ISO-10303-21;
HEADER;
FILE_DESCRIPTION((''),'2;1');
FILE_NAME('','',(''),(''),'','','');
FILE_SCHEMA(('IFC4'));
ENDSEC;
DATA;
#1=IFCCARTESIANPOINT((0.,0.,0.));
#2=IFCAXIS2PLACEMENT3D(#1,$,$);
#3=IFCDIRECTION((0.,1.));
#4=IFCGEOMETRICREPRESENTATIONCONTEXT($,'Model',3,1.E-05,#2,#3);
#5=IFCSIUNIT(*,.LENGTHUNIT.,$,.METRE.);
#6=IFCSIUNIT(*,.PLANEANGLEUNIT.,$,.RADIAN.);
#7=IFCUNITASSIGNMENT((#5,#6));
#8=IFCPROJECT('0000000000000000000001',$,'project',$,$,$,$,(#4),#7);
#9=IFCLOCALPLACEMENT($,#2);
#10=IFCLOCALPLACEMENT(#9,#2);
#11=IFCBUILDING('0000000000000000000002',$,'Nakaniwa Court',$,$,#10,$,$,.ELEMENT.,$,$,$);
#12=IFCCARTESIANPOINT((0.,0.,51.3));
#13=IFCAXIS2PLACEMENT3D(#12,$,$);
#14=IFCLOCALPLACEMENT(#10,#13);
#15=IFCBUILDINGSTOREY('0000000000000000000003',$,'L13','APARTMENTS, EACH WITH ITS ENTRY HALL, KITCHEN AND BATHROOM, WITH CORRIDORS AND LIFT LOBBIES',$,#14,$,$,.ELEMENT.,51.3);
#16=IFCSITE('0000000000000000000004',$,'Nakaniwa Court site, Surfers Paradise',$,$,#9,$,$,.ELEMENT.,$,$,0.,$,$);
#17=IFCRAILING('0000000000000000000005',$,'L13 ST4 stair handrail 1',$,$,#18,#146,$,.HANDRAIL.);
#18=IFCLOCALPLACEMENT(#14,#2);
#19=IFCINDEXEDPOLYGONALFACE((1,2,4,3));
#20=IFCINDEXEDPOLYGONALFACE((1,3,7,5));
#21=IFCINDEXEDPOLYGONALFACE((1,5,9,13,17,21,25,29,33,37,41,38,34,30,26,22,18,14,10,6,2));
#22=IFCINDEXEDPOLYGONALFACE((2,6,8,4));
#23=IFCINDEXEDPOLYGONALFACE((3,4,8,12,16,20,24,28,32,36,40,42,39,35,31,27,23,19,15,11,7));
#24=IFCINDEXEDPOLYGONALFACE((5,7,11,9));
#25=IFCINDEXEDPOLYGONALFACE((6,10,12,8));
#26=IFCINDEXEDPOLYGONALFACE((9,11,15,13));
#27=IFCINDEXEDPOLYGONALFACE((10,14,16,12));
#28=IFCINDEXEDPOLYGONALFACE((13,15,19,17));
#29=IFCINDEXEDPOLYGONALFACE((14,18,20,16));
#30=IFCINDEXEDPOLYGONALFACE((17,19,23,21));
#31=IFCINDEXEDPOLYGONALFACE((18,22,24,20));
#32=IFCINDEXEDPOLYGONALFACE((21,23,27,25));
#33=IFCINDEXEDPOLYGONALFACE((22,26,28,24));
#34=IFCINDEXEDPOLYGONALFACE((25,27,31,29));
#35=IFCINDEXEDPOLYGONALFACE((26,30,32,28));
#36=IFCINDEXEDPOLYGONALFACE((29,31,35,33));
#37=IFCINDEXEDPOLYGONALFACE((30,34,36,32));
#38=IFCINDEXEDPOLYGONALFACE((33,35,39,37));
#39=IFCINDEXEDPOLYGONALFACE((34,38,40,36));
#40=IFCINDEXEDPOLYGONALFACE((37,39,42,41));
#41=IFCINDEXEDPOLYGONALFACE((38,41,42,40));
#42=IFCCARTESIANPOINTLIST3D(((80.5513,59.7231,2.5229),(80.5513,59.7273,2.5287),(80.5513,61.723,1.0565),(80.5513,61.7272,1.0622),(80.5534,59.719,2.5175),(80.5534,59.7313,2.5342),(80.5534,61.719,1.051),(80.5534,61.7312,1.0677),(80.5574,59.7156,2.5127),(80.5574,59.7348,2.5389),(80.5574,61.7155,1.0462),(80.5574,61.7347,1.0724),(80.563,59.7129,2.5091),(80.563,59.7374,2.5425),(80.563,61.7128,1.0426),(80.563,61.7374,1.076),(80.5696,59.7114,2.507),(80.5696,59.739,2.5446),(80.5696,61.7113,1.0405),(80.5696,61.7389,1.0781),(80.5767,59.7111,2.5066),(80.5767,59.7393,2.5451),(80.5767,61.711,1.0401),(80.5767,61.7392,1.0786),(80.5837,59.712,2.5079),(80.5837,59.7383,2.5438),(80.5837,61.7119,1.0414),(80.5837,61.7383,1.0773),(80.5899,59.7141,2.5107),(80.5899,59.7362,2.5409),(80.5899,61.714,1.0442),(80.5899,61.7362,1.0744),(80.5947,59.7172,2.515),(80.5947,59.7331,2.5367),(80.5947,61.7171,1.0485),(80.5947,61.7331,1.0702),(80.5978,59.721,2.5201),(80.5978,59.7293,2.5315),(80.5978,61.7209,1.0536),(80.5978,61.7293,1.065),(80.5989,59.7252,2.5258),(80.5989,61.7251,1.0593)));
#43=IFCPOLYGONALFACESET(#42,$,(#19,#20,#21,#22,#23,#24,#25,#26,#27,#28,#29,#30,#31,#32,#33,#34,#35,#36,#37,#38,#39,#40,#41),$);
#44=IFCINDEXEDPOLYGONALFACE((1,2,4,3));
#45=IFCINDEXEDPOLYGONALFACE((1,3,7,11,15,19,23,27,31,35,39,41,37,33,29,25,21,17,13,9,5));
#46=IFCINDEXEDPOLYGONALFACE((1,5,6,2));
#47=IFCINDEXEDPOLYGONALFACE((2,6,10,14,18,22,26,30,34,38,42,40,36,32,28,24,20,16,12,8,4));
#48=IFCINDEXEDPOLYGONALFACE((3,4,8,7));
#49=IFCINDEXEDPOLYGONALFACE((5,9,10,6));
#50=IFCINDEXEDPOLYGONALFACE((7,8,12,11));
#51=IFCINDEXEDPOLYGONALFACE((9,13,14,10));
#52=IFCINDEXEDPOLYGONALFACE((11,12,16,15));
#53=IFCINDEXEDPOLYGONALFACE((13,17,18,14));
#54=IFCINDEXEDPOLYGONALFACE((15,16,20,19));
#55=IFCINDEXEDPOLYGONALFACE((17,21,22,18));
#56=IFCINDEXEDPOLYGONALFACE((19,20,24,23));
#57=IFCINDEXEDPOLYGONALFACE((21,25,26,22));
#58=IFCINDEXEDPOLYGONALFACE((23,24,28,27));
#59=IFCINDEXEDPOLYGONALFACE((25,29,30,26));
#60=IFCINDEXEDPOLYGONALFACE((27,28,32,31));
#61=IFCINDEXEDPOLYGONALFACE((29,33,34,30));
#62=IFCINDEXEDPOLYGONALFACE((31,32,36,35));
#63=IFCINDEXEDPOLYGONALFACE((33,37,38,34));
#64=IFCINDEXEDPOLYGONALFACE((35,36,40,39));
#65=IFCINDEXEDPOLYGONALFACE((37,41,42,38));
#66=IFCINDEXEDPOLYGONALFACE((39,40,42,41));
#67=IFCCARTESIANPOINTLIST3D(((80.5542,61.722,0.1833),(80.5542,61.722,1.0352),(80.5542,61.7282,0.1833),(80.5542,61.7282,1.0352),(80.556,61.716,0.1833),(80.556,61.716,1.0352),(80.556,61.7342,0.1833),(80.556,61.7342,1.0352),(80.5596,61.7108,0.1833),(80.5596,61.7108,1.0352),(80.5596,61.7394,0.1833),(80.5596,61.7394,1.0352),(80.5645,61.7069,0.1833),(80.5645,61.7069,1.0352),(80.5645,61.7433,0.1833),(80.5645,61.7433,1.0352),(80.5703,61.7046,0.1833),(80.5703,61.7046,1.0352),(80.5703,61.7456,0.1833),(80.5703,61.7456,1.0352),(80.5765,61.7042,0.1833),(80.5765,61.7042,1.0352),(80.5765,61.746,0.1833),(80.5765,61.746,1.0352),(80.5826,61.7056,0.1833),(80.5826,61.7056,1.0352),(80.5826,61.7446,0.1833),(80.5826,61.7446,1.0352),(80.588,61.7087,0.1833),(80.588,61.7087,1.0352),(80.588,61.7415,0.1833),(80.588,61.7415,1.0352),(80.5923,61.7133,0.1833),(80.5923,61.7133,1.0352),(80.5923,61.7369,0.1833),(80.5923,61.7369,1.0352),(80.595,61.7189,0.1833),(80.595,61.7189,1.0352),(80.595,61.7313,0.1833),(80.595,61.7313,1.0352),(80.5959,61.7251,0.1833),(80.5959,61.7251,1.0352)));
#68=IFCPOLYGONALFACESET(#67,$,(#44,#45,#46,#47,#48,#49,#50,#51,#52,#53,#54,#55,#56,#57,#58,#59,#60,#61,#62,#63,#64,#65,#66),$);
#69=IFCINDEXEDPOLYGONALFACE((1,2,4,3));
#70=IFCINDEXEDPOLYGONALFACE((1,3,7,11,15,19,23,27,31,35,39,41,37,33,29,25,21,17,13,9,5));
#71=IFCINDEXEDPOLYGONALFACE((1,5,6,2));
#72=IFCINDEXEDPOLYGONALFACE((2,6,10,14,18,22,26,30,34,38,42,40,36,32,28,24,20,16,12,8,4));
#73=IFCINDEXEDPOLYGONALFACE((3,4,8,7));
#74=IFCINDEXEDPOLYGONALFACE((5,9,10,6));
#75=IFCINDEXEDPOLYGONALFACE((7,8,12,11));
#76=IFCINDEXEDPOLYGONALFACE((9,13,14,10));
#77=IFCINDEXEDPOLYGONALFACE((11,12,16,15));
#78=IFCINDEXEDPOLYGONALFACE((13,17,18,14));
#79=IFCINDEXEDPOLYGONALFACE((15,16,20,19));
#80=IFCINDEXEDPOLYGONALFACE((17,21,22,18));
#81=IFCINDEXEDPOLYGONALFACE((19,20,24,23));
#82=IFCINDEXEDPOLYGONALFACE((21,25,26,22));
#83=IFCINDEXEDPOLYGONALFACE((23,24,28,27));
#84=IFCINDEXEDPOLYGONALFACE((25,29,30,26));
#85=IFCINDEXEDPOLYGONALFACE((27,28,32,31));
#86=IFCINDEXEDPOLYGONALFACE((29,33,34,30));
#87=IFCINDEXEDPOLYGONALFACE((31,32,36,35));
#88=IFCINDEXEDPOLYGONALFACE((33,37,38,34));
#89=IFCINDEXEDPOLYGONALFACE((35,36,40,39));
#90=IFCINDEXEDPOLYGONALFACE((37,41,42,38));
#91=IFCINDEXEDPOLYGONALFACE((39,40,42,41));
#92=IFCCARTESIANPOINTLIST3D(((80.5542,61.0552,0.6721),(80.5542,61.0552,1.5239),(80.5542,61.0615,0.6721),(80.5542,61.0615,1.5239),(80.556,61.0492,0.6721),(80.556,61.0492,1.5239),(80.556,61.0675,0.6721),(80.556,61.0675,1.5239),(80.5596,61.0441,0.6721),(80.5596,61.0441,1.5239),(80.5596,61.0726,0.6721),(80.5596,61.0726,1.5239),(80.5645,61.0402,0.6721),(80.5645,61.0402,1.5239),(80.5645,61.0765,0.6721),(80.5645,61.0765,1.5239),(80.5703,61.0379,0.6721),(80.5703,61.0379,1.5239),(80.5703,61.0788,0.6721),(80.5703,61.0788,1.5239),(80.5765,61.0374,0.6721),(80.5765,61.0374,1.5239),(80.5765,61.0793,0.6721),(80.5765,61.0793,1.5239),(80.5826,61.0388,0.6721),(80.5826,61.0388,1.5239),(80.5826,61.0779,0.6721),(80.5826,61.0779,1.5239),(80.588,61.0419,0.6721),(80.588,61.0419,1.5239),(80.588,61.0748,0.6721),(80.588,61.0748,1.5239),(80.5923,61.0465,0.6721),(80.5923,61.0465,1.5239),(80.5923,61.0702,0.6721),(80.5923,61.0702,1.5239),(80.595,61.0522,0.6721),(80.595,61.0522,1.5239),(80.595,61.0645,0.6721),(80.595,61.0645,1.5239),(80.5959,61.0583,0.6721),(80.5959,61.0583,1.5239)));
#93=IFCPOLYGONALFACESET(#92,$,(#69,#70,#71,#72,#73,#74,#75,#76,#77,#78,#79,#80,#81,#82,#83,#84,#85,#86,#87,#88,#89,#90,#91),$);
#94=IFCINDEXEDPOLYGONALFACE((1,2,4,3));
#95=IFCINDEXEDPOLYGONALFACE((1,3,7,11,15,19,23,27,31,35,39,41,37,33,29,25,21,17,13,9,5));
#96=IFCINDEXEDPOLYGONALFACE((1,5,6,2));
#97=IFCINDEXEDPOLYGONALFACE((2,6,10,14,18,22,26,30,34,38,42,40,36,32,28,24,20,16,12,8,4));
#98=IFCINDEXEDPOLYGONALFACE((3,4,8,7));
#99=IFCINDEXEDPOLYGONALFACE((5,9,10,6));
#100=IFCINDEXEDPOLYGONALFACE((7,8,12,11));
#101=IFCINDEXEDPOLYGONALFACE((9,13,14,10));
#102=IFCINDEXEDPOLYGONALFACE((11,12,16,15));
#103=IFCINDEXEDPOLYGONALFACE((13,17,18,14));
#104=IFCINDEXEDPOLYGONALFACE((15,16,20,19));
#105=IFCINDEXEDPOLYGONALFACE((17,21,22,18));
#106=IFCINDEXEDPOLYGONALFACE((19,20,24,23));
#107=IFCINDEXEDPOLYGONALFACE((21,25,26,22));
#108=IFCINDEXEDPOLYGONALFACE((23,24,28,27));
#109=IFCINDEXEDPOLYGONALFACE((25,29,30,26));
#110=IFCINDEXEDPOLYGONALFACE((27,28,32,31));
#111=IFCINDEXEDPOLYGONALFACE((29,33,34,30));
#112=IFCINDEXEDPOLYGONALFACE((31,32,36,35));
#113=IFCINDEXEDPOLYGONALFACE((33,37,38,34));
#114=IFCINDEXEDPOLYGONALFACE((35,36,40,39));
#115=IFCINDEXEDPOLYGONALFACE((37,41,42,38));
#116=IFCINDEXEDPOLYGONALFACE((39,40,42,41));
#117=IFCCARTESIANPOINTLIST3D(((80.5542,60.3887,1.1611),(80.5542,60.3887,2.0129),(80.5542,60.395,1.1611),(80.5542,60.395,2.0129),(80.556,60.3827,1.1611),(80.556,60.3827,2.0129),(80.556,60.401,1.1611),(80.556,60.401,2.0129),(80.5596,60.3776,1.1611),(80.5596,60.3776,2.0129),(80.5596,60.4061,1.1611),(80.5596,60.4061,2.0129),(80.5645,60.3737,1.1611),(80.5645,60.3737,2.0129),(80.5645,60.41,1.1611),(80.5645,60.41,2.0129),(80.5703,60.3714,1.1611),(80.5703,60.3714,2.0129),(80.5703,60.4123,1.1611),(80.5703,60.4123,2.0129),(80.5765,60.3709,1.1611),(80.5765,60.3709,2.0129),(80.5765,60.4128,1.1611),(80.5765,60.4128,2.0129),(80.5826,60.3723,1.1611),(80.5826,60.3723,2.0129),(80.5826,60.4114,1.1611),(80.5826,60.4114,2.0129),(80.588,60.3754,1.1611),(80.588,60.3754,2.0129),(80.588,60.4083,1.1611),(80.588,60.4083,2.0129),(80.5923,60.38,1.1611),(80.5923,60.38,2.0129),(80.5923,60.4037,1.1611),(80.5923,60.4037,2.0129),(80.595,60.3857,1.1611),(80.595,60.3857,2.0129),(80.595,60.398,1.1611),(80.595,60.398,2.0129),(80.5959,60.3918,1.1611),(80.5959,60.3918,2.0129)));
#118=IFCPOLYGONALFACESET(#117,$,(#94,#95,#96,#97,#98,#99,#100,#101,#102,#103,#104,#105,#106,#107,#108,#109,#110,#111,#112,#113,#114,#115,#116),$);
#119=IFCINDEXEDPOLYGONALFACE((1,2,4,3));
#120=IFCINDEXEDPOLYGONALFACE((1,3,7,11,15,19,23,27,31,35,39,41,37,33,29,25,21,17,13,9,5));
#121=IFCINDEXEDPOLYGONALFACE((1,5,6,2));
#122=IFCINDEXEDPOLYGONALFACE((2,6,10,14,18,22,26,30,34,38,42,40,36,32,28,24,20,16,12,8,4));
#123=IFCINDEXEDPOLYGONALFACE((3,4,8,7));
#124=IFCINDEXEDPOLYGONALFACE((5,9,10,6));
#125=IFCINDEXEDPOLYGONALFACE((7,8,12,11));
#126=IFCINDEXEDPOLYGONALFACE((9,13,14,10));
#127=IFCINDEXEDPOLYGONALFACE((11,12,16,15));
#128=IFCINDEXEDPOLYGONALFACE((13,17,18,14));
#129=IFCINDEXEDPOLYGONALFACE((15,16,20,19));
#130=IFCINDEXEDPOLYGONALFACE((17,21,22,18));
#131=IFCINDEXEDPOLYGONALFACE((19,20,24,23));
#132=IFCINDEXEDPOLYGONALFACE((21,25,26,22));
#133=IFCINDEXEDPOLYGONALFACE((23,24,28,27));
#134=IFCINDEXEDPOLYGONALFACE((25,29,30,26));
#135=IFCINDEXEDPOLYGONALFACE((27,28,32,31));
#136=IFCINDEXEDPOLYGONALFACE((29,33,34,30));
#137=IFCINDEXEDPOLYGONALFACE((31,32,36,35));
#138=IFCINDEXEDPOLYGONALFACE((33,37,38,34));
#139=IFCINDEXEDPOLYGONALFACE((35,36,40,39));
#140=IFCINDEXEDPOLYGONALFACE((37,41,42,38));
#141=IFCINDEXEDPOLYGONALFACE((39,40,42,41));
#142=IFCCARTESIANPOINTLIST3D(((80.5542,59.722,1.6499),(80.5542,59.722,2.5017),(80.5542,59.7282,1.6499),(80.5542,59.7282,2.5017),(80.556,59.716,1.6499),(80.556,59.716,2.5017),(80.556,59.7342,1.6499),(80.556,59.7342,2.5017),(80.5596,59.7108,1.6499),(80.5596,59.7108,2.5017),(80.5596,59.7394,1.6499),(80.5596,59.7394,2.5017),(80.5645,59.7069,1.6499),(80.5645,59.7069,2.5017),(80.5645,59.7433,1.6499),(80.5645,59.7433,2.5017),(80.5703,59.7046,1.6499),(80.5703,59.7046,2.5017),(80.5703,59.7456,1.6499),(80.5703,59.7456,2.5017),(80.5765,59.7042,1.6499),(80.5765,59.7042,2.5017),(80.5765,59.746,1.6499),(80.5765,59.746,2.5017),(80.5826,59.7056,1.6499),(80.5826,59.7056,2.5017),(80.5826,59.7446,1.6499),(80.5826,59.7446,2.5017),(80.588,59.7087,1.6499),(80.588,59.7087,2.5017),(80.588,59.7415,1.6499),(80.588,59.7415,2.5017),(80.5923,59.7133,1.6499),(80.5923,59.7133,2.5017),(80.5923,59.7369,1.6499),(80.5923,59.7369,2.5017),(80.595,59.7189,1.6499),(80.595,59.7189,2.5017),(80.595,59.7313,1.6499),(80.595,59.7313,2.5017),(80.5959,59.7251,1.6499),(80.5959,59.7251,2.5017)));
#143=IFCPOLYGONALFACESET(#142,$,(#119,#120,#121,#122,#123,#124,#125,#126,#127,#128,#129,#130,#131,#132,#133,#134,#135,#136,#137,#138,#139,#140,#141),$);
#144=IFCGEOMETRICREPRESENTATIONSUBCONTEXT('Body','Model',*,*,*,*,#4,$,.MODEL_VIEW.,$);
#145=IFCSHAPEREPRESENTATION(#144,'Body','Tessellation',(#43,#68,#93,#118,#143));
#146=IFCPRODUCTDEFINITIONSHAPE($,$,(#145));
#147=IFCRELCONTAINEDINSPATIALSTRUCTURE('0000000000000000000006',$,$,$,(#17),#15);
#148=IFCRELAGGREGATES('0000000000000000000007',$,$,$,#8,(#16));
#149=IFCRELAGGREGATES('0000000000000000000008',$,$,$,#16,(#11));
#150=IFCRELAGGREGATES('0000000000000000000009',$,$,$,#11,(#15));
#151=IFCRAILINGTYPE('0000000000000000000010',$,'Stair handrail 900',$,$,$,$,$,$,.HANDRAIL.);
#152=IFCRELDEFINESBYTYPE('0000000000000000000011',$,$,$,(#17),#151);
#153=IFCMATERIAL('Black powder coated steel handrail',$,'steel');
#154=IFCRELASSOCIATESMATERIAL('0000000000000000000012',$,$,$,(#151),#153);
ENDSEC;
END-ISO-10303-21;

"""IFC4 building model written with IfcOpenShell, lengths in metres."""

from ifc_helpers import new_model, si_unit, direction, frame, origin, origin_2d, place, context, subcontext, project, spatial, circle, extrude, material, type_object, element, save


model = new_model("IFC4")

# Units and contexts
model_context = context("Model", 3, precision=1e-05, world=origin(), true_north=direction((0.0, 1.0)))
body_context = subcontext(model_context, "Body", "Model", "MODEL_VIEW")
ifc_project = project(units=[si_unit("LENGTHUNIT", "METRE"), si_unit("PLANEANGLEUNIT", "RADIAN")], contexts=[model_context])

# Site, building, storey
site_placement = place(None, origin())
site = spatial("IfcSite", under=ifc_project, at=site_placement, Name="Nakaniwa Court site, Surfers Paradise", CompositionType="ELEMENT", RefElevation=0.0)
building_placement = place(site_placement, origin())
building = spatial("IfcBuilding", under=site, at=building_placement, Name="Nakaniwa Court", CompositionType="ELEMENT")
storey_placement = place(building_placement, frame((0.0, 0.0, 51.3)))
storey = spatial("IfcBuildingStorey", under=building, at=storey_placement, Name="L13", Description="APARTMENTS, EACH WITH ITS ENTRY HALL, KITCHEN AND BATHROOM, WITH CORRIDORS AND LIFT LOBBIES", CompositionType="ELEMENT", Elevation=51.3)

# Railing
ifc_material_1 = material(Name="Black powder coated steel handrail", Category="steel")
railing_type_1 = type_object("IfcRailingType", Name="Stair handrail 900", PredefinedType="HANDRAIL", material=ifc_material_1)
railing_1_placement = place(storey_placement, frame((80.575, 61.7251, 0.1833)))
element("IfcRailing", 1, at=railing_1_placement, inside=storey, type_object=railing_type_1, Name="L13 ST4 stair handrail 1", PredefinedType="HANDRAIL", context=body_context, shape_type="SweptSolid", body=[
    extrude(circle(Radius=0.0239, at=origin_2d()), frame((0.0, 0.0, 0.876), z_axis=(0.0, -0.806427, 0.591334), x_axis=(1.0, 0.0, 0.0)), (0.0, 0.0, 1.0), 2.48),
    extrude(circle(Radius=0.021, at=origin_2d()), origin(), (0.0, 0.0, 1.0), 0.8518),
    extrude(circle(Radius=0.021, at=origin_2d()), frame((0.0, -0.6667, 0.4888)), (0.0, 0.0, 1.0), 0.8518),
    extrude(circle(Radius=0.021, at=origin_2d()), frame((0.0, -1.3333, 0.9778)), (0.0, 0.0, 1.0), 0.8518),
    extrude(circle(Radius=0.021, at=origin_2d()), frame((0.0, -2.0, 1.4666)), (0.0, 0.0, 1.0), 0.8518),
])

save(model, "model.ifc")
